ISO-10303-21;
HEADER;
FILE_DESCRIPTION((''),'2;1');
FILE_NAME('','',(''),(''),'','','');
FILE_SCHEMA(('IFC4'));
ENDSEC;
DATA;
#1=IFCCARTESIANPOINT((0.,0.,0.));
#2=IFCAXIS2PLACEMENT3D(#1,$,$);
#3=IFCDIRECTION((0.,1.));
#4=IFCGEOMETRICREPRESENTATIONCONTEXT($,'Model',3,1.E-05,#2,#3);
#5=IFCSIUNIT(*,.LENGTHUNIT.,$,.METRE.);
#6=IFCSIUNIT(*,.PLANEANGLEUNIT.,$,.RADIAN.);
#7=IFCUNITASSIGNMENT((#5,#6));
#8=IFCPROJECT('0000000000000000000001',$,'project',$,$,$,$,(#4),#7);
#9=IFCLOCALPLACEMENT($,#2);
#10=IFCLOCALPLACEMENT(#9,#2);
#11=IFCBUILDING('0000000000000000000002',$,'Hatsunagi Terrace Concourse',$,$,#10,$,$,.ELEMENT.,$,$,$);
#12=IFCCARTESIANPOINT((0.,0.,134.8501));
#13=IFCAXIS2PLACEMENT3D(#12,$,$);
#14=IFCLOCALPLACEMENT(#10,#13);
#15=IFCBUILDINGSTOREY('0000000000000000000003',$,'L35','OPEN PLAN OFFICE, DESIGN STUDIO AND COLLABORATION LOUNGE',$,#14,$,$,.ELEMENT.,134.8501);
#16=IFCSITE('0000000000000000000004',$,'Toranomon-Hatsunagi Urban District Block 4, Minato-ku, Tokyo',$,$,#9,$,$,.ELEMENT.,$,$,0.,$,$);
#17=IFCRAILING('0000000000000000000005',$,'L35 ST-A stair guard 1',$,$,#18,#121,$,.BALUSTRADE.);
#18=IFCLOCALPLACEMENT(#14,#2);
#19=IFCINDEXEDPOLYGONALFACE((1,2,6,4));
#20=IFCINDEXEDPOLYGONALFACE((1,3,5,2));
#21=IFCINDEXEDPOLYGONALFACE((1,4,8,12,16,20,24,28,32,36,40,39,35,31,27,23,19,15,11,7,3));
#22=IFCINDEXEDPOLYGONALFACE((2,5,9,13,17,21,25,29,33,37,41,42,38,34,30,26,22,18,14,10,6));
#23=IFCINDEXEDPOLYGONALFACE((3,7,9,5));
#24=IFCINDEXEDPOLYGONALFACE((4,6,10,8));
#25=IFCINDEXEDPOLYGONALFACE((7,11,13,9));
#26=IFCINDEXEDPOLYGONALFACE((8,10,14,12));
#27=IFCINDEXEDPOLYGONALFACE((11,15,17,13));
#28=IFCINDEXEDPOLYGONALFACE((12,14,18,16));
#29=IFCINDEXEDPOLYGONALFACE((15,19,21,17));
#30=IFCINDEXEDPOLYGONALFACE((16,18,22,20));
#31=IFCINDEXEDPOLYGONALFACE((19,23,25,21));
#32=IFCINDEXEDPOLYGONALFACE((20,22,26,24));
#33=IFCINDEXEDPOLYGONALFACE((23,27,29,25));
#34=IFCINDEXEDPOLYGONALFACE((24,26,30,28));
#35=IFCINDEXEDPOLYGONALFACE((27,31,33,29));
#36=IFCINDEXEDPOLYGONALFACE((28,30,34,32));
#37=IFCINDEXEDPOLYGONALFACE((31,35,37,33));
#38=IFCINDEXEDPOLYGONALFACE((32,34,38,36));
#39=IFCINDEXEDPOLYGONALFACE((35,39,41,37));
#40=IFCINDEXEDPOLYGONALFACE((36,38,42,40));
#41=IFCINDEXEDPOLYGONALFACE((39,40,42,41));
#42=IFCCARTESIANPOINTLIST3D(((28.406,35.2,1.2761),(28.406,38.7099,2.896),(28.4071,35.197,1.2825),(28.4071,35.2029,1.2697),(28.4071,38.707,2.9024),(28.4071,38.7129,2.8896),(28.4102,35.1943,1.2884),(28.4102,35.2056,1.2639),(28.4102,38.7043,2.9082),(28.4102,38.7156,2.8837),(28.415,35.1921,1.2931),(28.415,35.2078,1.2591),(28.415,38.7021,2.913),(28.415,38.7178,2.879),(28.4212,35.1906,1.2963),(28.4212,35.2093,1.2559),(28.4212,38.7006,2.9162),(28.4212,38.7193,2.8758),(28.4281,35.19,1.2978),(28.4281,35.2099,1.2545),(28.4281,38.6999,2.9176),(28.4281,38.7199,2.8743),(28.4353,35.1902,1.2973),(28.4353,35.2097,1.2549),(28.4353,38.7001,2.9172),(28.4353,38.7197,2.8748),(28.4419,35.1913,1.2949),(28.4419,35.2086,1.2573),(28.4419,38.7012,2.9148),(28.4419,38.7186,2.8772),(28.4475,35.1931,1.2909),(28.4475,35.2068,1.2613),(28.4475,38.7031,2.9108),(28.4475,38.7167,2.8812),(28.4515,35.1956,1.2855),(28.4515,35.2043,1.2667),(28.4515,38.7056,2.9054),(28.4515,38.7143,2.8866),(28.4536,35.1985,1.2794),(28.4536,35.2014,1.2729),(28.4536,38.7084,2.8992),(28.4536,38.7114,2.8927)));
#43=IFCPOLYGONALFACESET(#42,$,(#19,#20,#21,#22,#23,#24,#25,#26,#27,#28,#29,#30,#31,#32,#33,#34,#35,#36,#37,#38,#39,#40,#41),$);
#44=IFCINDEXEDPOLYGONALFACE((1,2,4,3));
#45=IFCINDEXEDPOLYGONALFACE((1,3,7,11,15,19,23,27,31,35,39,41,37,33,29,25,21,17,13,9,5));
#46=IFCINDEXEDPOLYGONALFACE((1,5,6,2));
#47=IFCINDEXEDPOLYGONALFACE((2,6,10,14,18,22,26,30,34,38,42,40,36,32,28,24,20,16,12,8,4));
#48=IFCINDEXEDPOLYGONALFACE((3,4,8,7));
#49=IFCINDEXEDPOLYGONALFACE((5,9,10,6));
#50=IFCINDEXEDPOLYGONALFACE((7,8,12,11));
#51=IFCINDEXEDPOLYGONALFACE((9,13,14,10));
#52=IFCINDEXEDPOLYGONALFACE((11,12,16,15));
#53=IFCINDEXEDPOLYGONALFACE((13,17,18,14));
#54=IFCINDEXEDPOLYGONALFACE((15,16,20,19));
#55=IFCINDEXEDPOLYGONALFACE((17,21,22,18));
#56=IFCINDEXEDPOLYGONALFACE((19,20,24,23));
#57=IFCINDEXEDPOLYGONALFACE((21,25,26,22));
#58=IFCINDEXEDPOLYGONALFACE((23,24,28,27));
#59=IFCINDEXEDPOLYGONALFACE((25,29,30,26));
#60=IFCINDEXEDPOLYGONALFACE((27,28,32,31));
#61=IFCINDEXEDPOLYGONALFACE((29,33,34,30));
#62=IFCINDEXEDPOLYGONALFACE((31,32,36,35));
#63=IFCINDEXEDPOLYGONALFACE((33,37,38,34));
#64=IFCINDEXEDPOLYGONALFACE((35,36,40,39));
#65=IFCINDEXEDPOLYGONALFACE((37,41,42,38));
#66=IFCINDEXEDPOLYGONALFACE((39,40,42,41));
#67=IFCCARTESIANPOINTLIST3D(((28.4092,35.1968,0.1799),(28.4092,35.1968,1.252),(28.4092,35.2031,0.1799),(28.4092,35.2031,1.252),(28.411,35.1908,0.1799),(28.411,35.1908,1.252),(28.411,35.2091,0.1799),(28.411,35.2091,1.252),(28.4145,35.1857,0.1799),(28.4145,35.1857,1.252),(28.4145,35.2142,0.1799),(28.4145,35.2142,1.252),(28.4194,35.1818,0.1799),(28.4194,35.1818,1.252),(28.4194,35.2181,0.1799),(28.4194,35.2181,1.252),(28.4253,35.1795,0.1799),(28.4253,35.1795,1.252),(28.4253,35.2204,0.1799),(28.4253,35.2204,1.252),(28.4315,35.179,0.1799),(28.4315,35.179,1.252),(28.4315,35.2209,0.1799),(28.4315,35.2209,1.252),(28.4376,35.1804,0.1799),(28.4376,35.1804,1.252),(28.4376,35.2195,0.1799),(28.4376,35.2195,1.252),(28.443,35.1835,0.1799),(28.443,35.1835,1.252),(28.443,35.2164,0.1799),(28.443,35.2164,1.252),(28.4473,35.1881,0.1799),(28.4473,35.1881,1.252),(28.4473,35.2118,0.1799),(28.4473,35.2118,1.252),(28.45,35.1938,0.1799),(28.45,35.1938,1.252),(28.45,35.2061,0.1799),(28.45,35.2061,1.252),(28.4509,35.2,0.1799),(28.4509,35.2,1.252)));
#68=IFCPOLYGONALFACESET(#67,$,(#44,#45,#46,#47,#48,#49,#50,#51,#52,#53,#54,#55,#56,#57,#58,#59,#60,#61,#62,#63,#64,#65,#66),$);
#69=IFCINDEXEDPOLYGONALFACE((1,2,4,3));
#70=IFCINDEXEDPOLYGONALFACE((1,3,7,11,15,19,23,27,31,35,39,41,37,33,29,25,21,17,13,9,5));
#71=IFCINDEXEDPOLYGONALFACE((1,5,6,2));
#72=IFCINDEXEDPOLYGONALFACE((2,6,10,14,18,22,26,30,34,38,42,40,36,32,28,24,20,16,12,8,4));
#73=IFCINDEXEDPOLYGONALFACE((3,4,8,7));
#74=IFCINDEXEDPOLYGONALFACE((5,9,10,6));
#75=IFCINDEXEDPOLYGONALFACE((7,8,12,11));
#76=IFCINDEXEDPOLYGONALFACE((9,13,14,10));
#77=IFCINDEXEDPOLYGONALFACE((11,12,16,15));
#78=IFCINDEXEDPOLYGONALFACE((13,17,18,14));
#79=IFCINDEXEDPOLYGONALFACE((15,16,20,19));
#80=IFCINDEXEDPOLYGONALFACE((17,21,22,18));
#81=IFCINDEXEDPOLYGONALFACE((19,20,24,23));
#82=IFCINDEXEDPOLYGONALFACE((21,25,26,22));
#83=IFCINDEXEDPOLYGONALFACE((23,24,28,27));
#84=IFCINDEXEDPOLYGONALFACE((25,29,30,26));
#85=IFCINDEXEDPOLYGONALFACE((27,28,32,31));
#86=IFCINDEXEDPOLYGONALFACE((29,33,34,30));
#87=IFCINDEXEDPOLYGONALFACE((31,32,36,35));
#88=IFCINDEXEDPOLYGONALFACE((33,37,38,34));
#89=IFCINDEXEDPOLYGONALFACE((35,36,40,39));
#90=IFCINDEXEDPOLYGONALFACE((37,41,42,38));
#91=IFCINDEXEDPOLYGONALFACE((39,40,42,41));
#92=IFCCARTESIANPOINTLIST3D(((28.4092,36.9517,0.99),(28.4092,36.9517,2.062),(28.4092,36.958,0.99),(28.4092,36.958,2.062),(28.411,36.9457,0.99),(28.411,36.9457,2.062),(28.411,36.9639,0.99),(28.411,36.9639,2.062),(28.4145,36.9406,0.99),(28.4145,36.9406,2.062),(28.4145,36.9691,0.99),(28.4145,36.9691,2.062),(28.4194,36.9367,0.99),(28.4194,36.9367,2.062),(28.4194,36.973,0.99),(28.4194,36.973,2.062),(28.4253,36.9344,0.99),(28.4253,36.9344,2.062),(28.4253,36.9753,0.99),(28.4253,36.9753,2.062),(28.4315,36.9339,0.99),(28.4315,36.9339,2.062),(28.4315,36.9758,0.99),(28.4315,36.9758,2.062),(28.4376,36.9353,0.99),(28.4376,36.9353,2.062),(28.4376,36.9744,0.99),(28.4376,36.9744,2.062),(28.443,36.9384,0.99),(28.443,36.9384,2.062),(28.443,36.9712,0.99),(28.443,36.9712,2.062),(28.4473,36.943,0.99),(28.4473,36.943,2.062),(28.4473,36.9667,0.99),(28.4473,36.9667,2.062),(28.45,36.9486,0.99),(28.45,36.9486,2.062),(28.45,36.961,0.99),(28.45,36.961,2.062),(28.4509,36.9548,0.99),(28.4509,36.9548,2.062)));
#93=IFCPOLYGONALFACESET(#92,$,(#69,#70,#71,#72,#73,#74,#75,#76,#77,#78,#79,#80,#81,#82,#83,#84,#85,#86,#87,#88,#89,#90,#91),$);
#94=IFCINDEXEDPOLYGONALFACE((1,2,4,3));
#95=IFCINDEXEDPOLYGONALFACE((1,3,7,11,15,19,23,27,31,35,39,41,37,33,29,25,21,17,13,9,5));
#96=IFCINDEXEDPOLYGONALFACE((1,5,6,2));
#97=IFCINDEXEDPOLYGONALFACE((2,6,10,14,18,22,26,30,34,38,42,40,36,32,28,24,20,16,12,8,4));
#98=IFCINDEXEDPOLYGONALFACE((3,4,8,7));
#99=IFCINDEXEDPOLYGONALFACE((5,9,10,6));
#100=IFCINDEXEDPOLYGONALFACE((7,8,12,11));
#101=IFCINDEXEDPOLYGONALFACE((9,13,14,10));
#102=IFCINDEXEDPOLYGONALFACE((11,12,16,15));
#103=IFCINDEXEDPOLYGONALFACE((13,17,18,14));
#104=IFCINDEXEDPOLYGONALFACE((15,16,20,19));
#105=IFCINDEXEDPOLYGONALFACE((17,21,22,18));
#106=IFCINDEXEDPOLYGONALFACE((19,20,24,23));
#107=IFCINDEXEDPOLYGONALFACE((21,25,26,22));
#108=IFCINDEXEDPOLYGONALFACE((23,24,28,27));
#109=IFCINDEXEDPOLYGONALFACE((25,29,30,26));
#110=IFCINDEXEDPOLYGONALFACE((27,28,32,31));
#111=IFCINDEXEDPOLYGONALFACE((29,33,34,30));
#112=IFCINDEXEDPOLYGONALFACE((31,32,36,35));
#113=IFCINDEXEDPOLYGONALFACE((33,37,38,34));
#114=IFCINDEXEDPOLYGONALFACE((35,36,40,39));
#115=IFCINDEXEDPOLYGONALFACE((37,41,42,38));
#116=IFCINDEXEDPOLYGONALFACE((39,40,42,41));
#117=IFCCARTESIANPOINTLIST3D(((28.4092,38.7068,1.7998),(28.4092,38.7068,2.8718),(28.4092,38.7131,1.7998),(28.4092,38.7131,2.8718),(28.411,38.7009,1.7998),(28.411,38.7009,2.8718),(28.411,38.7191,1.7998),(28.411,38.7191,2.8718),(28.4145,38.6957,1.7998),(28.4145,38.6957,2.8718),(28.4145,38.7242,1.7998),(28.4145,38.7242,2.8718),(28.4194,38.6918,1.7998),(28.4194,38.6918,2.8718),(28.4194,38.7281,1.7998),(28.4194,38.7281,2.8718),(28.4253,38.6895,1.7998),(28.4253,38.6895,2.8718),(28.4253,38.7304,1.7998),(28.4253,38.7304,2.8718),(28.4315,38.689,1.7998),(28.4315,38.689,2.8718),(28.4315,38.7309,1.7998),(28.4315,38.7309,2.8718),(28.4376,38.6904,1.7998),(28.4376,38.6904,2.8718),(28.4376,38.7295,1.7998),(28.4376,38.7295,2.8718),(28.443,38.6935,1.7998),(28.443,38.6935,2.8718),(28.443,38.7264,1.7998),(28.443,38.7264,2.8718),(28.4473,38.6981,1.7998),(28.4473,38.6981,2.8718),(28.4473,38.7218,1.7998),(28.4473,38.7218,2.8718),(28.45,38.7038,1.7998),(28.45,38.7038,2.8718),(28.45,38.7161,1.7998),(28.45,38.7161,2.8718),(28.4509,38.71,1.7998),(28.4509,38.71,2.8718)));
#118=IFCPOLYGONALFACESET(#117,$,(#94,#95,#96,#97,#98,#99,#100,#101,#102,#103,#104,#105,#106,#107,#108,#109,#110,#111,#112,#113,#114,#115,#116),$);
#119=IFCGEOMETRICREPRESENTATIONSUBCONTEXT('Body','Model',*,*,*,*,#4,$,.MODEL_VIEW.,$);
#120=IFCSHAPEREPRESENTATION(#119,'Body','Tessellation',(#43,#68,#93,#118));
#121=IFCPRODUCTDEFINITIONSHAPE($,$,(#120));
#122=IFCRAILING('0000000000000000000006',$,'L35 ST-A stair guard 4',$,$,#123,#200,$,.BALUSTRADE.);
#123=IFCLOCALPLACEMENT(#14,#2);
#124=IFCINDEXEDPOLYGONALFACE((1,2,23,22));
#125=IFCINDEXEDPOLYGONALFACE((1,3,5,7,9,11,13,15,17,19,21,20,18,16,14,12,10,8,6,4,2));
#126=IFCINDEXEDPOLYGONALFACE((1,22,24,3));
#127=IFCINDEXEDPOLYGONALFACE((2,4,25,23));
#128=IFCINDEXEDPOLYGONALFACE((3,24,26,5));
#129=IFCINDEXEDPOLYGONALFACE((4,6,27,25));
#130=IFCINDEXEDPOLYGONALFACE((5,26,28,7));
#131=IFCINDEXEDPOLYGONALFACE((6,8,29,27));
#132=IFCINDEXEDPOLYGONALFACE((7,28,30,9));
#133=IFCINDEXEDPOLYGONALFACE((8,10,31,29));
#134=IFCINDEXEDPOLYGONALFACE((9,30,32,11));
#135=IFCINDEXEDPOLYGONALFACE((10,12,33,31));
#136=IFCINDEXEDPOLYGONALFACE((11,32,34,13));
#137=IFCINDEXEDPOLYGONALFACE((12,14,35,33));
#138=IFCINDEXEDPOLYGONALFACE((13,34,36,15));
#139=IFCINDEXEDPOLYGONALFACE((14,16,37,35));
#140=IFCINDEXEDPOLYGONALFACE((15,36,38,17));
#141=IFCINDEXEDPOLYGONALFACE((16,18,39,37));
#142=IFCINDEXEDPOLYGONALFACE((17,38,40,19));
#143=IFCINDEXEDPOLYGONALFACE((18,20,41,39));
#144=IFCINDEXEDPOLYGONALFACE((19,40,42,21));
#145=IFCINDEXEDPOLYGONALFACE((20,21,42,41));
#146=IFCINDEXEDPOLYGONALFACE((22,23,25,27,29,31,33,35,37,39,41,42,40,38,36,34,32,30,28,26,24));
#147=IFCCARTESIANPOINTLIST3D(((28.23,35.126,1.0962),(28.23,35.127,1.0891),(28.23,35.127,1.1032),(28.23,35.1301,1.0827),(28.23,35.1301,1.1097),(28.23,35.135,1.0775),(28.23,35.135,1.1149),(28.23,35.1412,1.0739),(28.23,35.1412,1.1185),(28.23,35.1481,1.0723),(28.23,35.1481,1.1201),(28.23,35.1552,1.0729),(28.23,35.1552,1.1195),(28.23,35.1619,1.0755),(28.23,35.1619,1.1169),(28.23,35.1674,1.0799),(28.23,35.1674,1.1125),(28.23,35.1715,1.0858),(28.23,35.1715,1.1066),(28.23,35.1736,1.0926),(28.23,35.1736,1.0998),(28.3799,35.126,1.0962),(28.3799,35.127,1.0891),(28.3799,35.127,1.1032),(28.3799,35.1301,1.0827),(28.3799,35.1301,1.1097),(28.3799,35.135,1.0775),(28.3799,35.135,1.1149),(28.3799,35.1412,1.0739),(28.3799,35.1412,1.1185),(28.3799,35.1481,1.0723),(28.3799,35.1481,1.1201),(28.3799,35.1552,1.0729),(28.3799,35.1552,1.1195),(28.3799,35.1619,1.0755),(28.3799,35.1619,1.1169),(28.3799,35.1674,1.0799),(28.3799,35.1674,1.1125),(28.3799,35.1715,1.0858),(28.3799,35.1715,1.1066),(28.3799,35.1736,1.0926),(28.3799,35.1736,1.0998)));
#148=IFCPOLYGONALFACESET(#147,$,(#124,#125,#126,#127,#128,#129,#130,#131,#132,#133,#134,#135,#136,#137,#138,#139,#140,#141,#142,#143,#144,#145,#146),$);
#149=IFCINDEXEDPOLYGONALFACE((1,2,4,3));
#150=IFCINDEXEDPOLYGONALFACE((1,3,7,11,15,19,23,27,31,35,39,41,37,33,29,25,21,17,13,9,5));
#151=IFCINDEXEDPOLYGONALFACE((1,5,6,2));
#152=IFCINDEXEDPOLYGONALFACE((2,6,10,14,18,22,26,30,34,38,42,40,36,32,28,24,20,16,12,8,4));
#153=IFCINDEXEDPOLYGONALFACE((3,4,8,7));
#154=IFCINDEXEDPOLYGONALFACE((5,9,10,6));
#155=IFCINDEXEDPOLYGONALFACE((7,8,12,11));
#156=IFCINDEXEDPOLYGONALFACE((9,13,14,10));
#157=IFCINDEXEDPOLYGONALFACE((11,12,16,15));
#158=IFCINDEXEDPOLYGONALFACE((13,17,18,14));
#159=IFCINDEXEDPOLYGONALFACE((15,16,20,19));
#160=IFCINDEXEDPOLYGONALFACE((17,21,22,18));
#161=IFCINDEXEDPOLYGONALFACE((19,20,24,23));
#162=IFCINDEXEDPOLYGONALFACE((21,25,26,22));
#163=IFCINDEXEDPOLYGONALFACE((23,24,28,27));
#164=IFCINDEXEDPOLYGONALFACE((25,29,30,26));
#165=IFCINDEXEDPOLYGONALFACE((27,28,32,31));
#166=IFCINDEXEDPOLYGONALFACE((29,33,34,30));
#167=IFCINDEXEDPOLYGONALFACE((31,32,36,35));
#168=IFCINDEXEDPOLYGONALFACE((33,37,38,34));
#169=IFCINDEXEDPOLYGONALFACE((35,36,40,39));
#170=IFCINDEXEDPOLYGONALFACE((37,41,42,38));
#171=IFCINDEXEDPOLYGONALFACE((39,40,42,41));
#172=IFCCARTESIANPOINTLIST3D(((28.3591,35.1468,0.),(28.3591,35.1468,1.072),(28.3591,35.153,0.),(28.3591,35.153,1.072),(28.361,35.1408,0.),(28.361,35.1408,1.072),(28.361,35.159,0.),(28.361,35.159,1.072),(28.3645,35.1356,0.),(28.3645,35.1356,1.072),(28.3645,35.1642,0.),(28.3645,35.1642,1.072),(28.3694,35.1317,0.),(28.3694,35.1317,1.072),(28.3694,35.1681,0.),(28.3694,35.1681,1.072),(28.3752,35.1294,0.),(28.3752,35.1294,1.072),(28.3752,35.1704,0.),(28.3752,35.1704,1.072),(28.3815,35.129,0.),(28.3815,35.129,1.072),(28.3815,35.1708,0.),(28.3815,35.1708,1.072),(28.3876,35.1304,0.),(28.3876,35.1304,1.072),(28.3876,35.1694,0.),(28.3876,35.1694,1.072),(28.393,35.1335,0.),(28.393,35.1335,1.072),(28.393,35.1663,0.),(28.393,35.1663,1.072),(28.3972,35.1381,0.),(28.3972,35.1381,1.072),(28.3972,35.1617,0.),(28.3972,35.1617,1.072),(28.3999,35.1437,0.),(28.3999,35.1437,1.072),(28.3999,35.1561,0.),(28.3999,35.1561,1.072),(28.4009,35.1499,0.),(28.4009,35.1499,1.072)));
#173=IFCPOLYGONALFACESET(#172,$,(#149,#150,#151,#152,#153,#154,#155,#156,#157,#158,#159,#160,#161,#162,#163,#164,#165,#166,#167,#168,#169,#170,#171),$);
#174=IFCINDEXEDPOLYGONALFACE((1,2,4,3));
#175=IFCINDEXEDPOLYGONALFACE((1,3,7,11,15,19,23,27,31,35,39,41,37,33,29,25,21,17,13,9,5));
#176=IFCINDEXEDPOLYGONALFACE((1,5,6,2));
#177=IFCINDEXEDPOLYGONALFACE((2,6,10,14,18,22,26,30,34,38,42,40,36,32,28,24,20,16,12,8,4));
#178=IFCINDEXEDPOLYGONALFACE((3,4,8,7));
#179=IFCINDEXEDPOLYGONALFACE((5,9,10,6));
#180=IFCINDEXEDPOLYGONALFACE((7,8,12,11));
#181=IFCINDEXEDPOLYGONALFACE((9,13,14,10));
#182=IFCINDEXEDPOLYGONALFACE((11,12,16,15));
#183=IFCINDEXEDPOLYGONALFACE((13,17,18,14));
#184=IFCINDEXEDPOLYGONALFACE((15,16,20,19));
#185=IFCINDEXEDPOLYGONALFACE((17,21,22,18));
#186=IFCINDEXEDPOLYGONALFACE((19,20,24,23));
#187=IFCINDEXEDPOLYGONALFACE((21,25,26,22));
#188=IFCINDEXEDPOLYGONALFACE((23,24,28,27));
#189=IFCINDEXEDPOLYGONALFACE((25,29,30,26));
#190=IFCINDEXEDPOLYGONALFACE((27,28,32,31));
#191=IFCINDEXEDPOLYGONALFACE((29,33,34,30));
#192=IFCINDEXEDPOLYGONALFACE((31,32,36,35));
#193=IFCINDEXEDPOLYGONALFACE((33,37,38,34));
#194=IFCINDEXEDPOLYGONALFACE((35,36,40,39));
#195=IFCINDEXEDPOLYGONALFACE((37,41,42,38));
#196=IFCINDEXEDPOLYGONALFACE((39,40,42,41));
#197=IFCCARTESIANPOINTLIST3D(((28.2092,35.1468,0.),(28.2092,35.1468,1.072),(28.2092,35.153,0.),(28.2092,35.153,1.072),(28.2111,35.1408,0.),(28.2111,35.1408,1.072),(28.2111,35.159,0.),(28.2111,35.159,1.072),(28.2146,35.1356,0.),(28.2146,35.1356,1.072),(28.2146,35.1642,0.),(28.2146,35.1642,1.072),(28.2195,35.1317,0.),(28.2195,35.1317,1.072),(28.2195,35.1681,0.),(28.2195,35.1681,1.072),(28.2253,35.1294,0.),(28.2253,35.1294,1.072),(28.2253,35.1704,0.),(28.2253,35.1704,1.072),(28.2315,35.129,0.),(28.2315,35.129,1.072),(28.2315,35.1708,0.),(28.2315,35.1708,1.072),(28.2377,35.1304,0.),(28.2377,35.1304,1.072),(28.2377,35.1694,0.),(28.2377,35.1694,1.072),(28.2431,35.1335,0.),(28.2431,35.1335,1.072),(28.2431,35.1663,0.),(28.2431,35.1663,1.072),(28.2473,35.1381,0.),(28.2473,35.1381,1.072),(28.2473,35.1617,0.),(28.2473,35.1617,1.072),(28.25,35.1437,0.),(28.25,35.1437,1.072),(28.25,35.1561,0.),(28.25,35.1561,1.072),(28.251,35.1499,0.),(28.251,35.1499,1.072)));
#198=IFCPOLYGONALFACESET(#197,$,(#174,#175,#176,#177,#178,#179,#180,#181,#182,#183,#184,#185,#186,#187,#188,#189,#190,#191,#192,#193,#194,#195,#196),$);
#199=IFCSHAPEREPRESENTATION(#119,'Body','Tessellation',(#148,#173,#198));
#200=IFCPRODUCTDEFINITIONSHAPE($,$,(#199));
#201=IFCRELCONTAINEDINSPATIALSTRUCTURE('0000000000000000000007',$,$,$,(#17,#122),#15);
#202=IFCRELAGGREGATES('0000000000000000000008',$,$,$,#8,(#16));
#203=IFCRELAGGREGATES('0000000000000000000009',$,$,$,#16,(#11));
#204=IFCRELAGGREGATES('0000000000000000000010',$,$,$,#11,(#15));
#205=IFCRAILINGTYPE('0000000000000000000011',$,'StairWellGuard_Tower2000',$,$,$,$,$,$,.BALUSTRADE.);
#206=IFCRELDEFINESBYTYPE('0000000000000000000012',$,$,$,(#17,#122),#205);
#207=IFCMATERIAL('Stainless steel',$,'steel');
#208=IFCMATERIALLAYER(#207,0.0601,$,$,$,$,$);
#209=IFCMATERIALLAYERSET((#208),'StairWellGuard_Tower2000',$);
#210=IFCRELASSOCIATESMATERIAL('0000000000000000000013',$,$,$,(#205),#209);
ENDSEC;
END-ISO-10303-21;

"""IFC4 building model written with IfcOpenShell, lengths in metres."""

from ifc_helpers import new_model, si_unit, direction, frame, origin, origin_2d, place, context, subcontext, project, spatial, circle, extrude, material, layer, layer_set, type_object, element, save


model = new_model("IFC4")

# Units and contexts
model_context = context("Model", 3, precision=1e-05, world=origin(), true_north=direction((0.0, 1.0)))
body_context = subcontext(model_context, "Body", "Model", "MODEL_VIEW")
ifc_project = project(units=[si_unit("LENGTHUNIT", "METRE"), si_unit("PLANEANGLEUNIT", "RADIAN")], contexts=[model_context])

# Site, building, storey
site_placement = place(None, origin())
site = spatial("IfcSite", under=ifc_project, at=site_placement, Name="Toranomon-Hatsunagi Urban District Block 4, Minato-ku, Tokyo", CompositionType="ELEMENT", RefElevation=0.0)
building_placement = place(site_placement, origin())
building = spatial("IfcBuilding", under=site, at=building_placement, Name="Hatsunagi Terrace Concourse", CompositionType="ELEMENT")
storey_placement = place(building_placement, frame((0.0, 0.0, 134.8501)))
storey = spatial("IfcBuildingStorey", under=building, at=storey_placement, Name="L35", Description="OPEN PLAN OFFICE, DESIGN STUDIO AND COLLABORATION LOUNGE", CompositionType="ELEMENT", Elevation=134.8501)

# Railings
ifc_material_1 = material(Name="Stainless steel", Category="steel")
ifc_layer_1 = layer(ifc_material_1, 0.0601)
ifc_layer_set_1 = layer_set([ifc_layer_1], Name="StairWellGuard_Tower2000")
railing_type_1 = type_object("IfcRailingType", Name="StairWellGuard_Tower2000", PredefinedType="BALUSTRADE", material=ifc_layer_set_1)
railing_1_placement = place(storey_placement, frame((28.4299, 35.2, 0.1799)))
element("IfcRailing", 1, at=railing_1_placement, inside=storey, type_object=railing_type_1, Name="L35 ST-A stair guard 1", PredefinedType="BALUSTRADE", context=body_context, shape_type="SweptSolid", body=[
    extrude(circle(Radius=0.0239, at=origin_2d()), frame((0.0, 0.0, 1.0962), z_axis=(0.0, 0.907972, 0.41903), x_axis=(-1.0, 0.0, 0.0)), (0.0, 0.0, 1.0), 3.8657),
    extrude(circle(Radius=0.021, at=origin_2d()), origin(), (0.0, 0.0, 1.0), 1.072),
    extrude(circle(Radius=0.021, at=origin_2d()), frame((0.0, 1.7549, 0.8101)), (0.0, 0.0, 1.0), 1.072),
    extrude(circle(Radius=0.021, at=origin_2d()), frame((0.0, 3.51, 1.6199)), (0.0, 0.0, 1.0), 1.072),
])
railing_2_placement = place(storey_placement, frame((28.3799, 35.1499, 0.0)))
element("IfcRailing", 2, at=railing_2_placement, inside=storey, type_object=railing_type_1, Name="L35 ST-A stair guard 4", PredefinedType="BALUSTRADE", context=body_context, shape_type="SweptSolid", body=[
    extrude(circle(Radius=0.0239, at=origin_2d()), frame((0.0, 0.0, 1.0962), z_axis=(-1.0, 0.0, 0.0), x_axis=(0.0, -1.0, 0.0)), (0.0, 0.0, 1.0), 0.1499),
    extrude(circle(Radius=0.021, at=origin_2d()), origin(), (0.0, 0.0, 1.0), 1.072),
    extrude(circle(Radius=0.021, at=origin_2d()), frame((-0.1499, 0.0, 0.0)), (0.0, 0.0, 1.0), 1.072),
])

save(model, "model.ifc")
